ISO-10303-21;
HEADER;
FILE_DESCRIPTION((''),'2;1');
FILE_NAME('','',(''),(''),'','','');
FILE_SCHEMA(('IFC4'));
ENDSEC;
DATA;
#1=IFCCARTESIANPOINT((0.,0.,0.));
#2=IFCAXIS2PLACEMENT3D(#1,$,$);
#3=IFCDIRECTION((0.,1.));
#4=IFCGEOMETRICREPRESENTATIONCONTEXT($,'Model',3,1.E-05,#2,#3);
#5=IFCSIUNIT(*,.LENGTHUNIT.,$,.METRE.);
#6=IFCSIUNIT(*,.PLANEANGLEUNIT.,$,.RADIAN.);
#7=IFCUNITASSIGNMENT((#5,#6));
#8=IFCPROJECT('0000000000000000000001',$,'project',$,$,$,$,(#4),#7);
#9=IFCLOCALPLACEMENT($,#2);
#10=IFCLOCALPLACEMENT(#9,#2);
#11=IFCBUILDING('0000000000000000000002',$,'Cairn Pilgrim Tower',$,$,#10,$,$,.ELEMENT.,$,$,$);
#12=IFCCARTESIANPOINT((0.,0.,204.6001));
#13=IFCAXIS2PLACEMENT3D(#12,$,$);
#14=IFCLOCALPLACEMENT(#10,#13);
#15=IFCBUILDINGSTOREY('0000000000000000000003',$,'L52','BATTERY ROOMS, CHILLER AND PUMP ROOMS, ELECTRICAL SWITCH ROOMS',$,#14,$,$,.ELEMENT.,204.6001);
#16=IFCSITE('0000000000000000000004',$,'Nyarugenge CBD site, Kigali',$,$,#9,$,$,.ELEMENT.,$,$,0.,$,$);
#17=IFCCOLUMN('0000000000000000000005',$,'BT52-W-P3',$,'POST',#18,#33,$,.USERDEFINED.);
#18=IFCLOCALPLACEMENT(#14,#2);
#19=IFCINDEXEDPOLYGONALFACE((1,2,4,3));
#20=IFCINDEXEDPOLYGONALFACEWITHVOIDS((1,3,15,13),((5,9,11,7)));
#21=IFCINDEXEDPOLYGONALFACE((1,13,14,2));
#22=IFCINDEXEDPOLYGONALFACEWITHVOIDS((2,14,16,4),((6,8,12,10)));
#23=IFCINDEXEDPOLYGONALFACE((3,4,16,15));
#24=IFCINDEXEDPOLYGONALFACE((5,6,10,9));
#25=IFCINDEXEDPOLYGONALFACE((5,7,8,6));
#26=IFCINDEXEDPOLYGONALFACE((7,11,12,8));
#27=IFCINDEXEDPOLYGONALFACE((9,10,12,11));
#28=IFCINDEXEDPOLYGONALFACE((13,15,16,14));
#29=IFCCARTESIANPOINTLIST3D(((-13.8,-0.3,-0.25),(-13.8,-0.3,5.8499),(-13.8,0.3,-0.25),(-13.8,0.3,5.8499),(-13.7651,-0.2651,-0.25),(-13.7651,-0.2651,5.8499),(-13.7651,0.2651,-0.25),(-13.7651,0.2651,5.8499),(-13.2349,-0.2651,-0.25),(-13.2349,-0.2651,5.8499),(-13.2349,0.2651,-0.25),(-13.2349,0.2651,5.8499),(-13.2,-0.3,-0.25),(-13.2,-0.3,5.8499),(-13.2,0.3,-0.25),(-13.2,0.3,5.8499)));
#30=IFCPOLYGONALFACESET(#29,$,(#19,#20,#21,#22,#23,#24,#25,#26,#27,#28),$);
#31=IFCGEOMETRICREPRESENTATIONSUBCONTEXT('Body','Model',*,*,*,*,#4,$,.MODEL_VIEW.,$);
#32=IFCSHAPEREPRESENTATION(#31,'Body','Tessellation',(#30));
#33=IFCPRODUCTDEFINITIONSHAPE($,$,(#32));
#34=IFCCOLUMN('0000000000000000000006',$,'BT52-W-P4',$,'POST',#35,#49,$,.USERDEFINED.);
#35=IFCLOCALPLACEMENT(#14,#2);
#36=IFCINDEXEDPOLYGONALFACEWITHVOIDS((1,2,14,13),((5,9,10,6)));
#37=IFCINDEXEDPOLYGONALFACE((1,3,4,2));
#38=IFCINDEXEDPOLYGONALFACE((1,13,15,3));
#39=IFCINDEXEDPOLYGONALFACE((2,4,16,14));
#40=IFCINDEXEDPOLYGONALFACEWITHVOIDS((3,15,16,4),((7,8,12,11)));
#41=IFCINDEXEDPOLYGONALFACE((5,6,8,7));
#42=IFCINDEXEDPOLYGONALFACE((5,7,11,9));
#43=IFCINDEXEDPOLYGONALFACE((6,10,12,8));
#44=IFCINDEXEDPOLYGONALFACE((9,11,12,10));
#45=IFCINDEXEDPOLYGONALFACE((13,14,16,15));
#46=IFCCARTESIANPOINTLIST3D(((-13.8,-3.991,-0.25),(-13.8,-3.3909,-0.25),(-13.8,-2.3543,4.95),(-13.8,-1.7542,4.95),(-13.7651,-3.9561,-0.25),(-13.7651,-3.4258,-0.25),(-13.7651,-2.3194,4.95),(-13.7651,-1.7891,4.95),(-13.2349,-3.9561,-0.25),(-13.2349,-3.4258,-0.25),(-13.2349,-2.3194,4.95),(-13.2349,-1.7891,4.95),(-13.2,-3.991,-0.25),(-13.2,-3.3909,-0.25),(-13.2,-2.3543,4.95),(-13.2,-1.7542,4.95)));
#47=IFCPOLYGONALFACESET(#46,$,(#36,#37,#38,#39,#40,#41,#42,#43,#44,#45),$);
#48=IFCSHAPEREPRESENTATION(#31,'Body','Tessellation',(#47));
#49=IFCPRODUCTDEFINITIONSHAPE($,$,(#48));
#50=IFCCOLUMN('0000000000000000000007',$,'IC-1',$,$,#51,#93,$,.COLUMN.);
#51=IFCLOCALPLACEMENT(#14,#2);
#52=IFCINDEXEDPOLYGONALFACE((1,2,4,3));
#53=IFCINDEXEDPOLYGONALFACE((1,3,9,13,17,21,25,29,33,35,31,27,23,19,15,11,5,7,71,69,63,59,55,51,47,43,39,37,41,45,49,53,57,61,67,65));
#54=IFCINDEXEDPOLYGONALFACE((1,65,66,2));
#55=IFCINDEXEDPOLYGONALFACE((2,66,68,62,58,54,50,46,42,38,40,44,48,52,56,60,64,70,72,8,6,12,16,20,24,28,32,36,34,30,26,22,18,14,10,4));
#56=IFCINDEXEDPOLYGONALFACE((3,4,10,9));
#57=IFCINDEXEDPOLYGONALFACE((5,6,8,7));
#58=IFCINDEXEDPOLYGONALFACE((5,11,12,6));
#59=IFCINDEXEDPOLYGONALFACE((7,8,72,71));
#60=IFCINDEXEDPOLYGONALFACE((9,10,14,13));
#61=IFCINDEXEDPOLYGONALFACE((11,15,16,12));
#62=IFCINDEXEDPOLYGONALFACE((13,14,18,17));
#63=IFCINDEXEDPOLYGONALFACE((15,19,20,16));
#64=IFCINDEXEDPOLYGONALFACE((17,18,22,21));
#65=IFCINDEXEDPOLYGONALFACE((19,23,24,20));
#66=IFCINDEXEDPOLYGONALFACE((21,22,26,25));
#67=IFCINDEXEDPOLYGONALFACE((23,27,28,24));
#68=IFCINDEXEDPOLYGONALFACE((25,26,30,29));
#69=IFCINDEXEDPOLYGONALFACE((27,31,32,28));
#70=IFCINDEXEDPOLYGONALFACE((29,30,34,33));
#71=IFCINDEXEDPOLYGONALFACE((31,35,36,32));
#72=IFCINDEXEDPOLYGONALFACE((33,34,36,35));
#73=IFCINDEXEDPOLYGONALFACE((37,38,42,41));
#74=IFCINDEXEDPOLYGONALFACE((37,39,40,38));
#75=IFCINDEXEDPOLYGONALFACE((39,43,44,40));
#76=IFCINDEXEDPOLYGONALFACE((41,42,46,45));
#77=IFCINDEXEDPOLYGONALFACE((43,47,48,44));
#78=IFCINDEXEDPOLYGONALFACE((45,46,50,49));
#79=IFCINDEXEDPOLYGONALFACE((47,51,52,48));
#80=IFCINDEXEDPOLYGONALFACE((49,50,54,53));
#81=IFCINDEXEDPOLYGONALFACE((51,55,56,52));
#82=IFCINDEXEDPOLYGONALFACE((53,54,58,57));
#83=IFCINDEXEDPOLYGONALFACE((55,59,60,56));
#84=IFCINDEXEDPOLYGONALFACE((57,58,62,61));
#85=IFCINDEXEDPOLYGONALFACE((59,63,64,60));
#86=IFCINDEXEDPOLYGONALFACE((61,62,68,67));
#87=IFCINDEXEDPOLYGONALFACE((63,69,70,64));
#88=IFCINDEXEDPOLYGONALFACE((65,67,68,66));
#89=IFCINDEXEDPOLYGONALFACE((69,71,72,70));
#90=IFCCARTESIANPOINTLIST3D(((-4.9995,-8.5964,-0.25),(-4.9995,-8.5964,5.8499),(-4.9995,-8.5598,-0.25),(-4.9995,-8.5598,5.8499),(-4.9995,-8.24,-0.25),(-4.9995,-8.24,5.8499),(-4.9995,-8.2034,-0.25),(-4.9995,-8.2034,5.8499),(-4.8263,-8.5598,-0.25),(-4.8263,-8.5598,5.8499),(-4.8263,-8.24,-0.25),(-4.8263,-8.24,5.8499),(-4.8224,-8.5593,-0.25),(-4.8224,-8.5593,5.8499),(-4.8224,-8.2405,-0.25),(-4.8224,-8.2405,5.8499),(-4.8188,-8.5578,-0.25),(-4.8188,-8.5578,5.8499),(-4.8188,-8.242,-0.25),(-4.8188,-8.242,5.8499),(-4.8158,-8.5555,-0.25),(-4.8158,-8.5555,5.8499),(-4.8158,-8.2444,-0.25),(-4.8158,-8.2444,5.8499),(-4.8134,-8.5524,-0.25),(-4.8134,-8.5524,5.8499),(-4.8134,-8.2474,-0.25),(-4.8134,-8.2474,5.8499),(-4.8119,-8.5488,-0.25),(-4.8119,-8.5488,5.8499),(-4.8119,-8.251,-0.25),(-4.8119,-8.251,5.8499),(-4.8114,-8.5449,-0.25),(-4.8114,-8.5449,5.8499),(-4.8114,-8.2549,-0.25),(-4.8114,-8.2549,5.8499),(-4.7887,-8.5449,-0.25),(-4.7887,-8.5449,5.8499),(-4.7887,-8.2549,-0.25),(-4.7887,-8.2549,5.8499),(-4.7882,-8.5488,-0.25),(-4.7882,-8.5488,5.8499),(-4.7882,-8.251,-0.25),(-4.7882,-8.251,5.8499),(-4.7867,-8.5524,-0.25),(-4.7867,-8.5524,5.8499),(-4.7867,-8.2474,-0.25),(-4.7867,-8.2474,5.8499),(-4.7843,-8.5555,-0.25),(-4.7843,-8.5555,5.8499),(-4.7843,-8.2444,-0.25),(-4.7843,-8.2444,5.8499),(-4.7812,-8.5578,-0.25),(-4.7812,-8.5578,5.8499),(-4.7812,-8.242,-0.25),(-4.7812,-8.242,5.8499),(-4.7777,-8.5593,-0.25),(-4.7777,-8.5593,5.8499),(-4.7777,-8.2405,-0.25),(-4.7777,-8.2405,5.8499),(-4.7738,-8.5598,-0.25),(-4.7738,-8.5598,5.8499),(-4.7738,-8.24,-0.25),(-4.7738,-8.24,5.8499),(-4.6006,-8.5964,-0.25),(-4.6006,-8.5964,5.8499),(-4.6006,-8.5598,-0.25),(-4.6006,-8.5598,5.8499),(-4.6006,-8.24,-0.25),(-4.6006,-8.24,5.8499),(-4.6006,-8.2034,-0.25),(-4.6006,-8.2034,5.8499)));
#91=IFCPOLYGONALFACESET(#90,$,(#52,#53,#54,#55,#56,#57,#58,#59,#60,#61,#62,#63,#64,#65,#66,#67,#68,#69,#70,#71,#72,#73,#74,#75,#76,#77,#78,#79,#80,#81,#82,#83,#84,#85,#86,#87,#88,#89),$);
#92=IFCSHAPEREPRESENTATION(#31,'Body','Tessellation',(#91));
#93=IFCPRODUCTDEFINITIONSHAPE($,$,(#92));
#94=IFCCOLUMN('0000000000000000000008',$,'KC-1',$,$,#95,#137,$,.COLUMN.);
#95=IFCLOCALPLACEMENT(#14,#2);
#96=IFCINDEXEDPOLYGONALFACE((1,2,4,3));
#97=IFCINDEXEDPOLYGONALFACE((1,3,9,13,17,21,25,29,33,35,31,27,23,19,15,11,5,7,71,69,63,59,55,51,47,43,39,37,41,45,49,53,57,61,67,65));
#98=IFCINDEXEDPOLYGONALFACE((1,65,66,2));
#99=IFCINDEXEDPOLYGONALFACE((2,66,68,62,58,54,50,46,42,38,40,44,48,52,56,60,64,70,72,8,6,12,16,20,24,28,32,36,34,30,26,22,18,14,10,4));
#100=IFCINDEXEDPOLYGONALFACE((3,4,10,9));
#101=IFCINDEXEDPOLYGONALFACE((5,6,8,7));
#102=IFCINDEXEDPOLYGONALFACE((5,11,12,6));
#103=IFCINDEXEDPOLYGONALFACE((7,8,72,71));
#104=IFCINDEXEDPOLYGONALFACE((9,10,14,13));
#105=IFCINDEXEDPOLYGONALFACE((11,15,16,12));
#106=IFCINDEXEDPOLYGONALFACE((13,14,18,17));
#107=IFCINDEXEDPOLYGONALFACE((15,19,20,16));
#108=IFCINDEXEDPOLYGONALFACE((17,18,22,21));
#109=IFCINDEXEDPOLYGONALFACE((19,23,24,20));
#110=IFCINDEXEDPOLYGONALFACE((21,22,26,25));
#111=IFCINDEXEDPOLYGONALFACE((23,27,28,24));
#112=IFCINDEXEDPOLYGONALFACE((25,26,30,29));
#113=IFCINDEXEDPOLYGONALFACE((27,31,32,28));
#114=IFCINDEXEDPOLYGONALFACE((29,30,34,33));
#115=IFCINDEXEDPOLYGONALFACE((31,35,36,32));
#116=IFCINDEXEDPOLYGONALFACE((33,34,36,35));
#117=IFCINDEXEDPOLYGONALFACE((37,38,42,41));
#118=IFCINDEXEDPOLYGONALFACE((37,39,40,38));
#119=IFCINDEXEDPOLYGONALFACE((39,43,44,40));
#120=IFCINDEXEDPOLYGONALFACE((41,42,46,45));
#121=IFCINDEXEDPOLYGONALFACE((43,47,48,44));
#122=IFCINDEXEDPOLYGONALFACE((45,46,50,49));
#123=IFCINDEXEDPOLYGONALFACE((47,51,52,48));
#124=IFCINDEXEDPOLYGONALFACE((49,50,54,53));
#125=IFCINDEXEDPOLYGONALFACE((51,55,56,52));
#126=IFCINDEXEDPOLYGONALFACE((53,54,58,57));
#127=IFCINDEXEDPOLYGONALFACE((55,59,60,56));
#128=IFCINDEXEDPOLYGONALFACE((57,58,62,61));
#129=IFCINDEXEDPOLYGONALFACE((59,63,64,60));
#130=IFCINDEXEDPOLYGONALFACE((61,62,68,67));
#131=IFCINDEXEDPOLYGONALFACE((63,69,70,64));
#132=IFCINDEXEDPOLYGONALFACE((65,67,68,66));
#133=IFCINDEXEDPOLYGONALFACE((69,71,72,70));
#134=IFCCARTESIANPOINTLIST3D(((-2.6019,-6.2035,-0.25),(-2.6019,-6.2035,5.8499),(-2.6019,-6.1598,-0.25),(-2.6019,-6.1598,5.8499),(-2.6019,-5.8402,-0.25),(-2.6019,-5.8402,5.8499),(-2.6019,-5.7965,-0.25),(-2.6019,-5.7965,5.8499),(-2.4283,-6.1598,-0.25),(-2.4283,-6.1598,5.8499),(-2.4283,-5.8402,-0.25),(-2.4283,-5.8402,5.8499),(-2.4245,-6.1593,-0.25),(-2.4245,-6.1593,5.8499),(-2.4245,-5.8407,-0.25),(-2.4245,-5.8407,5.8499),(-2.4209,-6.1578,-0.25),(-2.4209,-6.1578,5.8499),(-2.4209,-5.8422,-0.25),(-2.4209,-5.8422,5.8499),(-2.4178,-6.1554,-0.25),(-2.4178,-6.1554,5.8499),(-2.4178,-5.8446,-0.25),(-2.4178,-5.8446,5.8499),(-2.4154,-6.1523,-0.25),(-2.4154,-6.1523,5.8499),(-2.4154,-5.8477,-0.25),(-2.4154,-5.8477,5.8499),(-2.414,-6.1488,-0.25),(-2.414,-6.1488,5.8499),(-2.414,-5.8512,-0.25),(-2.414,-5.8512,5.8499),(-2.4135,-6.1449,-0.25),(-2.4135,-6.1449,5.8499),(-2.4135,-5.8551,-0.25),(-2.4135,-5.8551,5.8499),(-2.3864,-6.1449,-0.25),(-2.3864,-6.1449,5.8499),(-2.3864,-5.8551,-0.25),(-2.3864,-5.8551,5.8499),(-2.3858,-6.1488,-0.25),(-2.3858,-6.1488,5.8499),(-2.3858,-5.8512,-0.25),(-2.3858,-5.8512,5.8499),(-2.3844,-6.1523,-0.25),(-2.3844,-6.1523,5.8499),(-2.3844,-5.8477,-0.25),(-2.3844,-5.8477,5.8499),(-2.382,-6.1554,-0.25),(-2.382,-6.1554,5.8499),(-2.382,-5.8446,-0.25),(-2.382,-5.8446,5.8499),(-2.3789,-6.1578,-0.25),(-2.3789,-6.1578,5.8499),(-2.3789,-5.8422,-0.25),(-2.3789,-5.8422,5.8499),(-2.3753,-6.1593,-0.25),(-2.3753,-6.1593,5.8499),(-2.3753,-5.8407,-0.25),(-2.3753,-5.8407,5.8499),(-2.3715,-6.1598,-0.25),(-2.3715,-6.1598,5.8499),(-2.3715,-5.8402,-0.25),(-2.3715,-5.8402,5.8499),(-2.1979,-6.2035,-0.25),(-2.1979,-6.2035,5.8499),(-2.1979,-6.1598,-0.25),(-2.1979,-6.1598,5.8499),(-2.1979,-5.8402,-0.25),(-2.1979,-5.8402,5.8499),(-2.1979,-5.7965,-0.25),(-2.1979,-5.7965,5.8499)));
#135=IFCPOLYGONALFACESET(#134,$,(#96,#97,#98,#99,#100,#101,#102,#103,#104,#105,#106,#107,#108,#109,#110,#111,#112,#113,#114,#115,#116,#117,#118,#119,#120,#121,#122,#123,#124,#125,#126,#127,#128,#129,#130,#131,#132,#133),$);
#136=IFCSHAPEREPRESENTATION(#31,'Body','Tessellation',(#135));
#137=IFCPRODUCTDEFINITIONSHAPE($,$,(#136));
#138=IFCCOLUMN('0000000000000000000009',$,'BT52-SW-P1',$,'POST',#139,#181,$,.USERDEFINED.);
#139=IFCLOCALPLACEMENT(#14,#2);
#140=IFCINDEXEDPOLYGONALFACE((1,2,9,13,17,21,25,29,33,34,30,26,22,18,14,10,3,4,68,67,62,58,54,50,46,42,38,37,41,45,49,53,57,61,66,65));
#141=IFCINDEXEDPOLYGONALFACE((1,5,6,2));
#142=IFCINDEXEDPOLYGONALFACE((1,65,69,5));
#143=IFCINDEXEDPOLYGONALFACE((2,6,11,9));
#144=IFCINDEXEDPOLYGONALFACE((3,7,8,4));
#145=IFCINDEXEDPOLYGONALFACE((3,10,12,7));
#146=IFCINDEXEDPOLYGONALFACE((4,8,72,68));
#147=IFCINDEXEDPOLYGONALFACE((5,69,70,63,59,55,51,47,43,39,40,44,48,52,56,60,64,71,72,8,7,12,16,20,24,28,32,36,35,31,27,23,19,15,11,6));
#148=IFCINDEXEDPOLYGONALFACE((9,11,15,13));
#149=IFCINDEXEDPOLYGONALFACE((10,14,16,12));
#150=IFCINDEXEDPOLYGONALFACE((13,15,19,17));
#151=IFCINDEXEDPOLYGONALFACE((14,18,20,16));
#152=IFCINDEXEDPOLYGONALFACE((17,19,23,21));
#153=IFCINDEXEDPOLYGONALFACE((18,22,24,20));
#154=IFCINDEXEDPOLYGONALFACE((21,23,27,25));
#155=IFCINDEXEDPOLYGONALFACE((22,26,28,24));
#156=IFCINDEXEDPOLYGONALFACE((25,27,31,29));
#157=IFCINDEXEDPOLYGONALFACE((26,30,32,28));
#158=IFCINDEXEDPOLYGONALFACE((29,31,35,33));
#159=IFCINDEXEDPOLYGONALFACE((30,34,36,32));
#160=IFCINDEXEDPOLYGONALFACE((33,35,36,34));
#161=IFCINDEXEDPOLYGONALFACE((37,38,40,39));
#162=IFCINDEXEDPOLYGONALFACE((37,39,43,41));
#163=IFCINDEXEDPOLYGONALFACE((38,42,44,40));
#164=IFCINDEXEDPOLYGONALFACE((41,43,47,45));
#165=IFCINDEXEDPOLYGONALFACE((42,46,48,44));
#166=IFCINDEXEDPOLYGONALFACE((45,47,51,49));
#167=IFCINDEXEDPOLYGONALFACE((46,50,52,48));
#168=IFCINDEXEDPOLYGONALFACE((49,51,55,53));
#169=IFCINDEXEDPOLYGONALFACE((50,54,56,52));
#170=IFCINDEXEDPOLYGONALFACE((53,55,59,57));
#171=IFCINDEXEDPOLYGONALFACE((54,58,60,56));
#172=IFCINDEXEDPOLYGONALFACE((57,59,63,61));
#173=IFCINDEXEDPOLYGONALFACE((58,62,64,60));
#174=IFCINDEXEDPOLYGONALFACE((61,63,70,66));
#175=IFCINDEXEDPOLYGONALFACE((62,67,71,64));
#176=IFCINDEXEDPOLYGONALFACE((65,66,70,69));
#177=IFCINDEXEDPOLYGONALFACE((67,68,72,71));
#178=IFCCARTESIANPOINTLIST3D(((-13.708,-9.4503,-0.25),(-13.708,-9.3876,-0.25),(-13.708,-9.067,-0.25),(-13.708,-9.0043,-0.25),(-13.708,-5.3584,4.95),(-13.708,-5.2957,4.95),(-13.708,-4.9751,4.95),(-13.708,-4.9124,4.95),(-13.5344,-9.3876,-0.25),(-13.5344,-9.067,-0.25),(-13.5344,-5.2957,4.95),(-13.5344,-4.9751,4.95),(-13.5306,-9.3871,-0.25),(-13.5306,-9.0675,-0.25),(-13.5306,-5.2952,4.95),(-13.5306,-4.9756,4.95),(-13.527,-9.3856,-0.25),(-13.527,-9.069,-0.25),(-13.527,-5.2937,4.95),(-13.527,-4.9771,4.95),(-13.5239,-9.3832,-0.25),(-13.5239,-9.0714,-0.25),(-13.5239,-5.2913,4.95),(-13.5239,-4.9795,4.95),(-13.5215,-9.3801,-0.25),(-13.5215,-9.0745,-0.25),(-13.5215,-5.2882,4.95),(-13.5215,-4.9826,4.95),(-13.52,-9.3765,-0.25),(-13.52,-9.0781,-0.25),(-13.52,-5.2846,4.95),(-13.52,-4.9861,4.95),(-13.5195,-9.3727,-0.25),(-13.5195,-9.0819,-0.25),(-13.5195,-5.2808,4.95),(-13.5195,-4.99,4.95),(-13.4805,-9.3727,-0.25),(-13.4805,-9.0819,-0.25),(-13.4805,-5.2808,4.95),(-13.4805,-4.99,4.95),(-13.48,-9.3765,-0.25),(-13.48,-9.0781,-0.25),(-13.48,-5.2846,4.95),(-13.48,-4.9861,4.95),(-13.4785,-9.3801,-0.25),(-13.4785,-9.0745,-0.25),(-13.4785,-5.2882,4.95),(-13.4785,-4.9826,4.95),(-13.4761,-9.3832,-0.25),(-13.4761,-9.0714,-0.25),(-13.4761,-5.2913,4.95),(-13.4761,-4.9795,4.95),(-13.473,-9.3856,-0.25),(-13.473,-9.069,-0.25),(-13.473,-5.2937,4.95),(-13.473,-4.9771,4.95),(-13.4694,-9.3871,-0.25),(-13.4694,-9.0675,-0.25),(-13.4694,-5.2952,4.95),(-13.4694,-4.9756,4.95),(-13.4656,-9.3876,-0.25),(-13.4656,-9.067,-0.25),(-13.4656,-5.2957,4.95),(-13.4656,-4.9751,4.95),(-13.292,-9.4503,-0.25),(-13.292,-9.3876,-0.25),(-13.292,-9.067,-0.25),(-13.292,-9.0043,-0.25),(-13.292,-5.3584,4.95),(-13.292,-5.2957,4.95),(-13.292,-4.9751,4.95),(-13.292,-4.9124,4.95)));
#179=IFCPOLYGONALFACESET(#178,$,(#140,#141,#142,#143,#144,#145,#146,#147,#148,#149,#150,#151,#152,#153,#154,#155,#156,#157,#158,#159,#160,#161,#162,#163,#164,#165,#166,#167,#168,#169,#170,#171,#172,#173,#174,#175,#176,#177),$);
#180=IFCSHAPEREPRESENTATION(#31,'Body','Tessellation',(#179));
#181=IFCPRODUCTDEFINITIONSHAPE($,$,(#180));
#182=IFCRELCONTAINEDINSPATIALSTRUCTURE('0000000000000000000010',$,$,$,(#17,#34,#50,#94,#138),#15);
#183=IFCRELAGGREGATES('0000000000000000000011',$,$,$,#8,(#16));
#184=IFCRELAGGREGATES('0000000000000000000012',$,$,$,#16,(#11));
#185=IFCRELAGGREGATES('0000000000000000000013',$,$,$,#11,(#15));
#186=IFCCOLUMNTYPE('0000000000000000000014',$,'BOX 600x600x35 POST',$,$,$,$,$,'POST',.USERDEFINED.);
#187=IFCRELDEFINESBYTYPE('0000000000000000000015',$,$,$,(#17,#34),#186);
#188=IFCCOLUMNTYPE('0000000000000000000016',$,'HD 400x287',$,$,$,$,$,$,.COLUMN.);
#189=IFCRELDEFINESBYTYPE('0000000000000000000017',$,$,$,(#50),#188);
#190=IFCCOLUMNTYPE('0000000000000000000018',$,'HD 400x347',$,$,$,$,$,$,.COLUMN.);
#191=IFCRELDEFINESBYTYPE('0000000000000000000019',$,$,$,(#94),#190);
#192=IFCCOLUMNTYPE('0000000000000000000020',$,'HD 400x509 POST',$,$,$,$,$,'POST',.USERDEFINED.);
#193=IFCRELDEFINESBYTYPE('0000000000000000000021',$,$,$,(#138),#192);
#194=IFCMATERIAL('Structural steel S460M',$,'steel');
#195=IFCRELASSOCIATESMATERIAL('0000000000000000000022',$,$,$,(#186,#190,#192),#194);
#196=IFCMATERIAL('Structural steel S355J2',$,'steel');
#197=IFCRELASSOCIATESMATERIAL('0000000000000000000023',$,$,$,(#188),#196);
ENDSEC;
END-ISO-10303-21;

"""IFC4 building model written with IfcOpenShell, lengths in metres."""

from ifc_helpers import new_model, si_unit, direction, frame, origin, origin_2d, place, context, subcontext, project, spatial, hollow_rectangle, i_section, extrude, clip, halfspace, material, material_profile, profile_set, type_object, element, save


model = new_model("IFC4")

# Units and contexts
model_context = context("Model", 3, precision=1e-05, world=origin(), true_north=direction((0.0, 1.0)))
body_context = subcontext(model_context, "Body", "Model", "MODEL_VIEW")
ifc_project = project(units=[si_unit("LENGTHUNIT", "METRE"), si_unit("PLANEANGLEUNIT", "RADIAN")], contexts=[model_context])

# Site, building, storey
site_placement = place(None, origin())
site = spatial("IfcSite", under=ifc_project, at=site_placement, Name="Nyarugenge CBD site, Kigali", CompositionType="ELEMENT", RefElevation=0.0)
building_placement = place(site_placement, origin())
building = spatial("IfcBuilding", under=site, at=building_placement, Name="Cairn Pilgrim Tower", CompositionType="ELEMENT")
storey_placement = place(building_placement, frame((0.0, 0.0, 204.6001)))
storey = spatial("IfcBuildingStorey", under=building, at=storey_placement, Name="L52", Description="BATTERY ROOMS, CHILLER AND PUMP ROOMS, ELECTRICAL SWITCH ROOMS", CompositionType="ELEMENT", Elevation=204.6001)

# Columns
ifc_material_1 = material(Name="Structural steel S460M", Category="steel")
ifc_material_profile_1 = material_profile(ifc_material_1, hollow_rectangle(XDim=0.6001, YDim=0.6001, WallThickness=0.0349, at=origin_2d()), Name="BOX 600x600x35")
ifc_profile_set_1 = profile_set([ifc_material_profile_1], Name="Structural steel S460M")
column_type_1 = type_object("IfcColumnType", Name="BOX 600x600x35 POST", ElementType="POST", PredefinedType="USERDEFINED", material=ifc_profile_set_1)
column_1_placement = place(storey_placement, frame((-13.5, 0.0, -0.25), z_axis=(0.0, 0.0, 1.0), x_axis=(1.0, 0.0, 0.0)))
element("IfcColumn", 1, at=column_1_placement, inside=storey, type_object=column_type_1, Name="BT52-W-P3", ObjectType="POST", PredefinedType="USERDEFINED", context=body_context, shape_type="SweptSolid", body=[
    extrude(hollow_rectangle(XDim=0.6001, YDim=0.6001, WallThickness=0.0349, at=origin_2d()), origin(), (0.0, 0.0, 1.0), 6.0999),
])
column_2_placement = place(storey_placement, frame((-13.5, -3.6909, -0.25), z_axis=(0.0, 0.0, 1.0), x_axis=(1.0, 0.0, 0.0)))
element("IfcColumn", 2, at=column_2_placement, inside=storey, type_object=column_type_1, Name="BT52-W-P4", ObjectType="POST", PredefinedType="USERDEFINED", context=body_context, shape_type="Clipping", body=[
    clip(extrude(hollow_rectangle(XDim=0.6001, YDim=0.6001, WallThickness=0.0349, at=origin_2d()), origin(), (0.0, 0.300229, 0.953867), 6.3948), halfspace(frame((0.0, 0.0, 5.2), z_axis=(0.0, 0.0, 1.0), x_axis=(1.0, 0.0, 0.0)), False)),
])
ifc_material_2 = material(Name="Structural steel S355J2", Category="steel")
ifc_material_profile_2 = material_profile(ifc_material_2, i_section(OverallWidth=0.3989, OverallDepth=0.3931, WebThickness=0.0227, FlangeThickness=0.0366, FilletRadius=0.0149, at=origin_2d()), Name="HD 400x287")
ifc_profile_set_2 = profile_set([ifc_material_profile_2], Name="Structural steel S355J2")
column_type_2 = type_object("IfcColumnType", Name="HD 400x287", PredefinedType="COLUMN", material=ifc_profile_set_2)
column_3_placement = place(storey_placement, frame((-4.8, -8.3999, -0.25), z_axis=(0.0, 0.0, 1.0), x_axis=(1.0, 0.0, 0.0)))
element("IfcColumn", 3, at=column_3_placement, inside=storey, type_object=column_type_2, Name="IC-1", PredefinedType="COLUMN", context=body_context, shape_type="SweptSolid", body=[
    extrude(i_section(OverallWidth=0.3989, OverallDepth=0.3931, WebThickness=0.0227, FlangeThickness=0.0366, FilletRadius=0.0149, at=origin_2d()), origin(), (0.0, 0.0, 1.0), 6.0999),
])
ifc_material_profile_3 = material_profile(ifc_material_1, i_section(OverallWidth=0.4041, OverallDepth=0.407, WebThickness=0.0271, FlangeThickness=0.0437, FilletRadius=0.0149, at=origin_2d()), Name="HD 400x347")
ifc_profile_set_3 = profile_set([ifc_material_profile_3], Name="Structural steel S460M")
column_type_3 = type_object("IfcColumnType", Name="HD 400x347", PredefinedType="COLUMN", material=ifc_profile_set_3)
column_4_placement = place(storey_placement, frame((-2.3999, -6.0, -0.25), z_axis=(0.0, 0.0, 1.0), x_axis=(1.0, 0.0, 0.0)))
element("IfcColumn", 4, at=column_4_placement, inside=storey, type_object=column_type_3, Name="KC-1", PredefinedType="COLUMN", context=body_context, shape_type="SweptSolid", body=[
    extrude(i_section(OverallWidth=0.4041, OverallDepth=0.407, WebThickness=0.0271, FlangeThickness=0.0437, FilletRadius=0.0149, at=origin_2d()), origin(), (0.0, 0.0, 1.0), 6.0999),
])
ifc_material_profile_4 = material_profile(ifc_material_1, i_section(OverallWidth=0.416, OverallDepth=0.446, WebThickness=0.0391, FlangeThickness=0.0627, FilletRadius=0.0149, at=origin_2d()), Name="HD 400x509")
ifc_profile_set_4 = profile_set([ifc_material_profile_4], Name="Structural steel S460M")
column_type_4 = type_object("IfcColumnType", Name="HD 400x509 POST", ElementType="POST", PredefinedType="USERDEFINED", material=ifc_profile_set_4)
column_5_placement = place(storey_placement, frame((-13.5, -9.2273, -0.25), z_axis=(0.0, 0.0, 1.0), x_axis=(1.0, 0.0, 0.0)))
element("IfcColumn", 5, at=column_5_placement, inside=storey, type_object=column_type_4, Name="BT52-SW-P1", ObjectType="POST", PredefinedType="USERDEFINED", context=body_context, shape_type="Clipping", body=[
    clip(extrude(i_section(OverallWidth=0.416, OverallDepth=0.446, WebThickness=0.0391, FlangeThickness=0.0627, FilletRadius=0.0149, at=origin_2d()), origin(), (0.0, 0.618403, 0.785861), 7.762), halfspace(frame((0.0, 0.0, 5.2), z_axis=(0.0, 0.0, 1.0), x_axis=(1.0, 0.0, 0.0)), False)),
])

save(model, "model.ifc")
